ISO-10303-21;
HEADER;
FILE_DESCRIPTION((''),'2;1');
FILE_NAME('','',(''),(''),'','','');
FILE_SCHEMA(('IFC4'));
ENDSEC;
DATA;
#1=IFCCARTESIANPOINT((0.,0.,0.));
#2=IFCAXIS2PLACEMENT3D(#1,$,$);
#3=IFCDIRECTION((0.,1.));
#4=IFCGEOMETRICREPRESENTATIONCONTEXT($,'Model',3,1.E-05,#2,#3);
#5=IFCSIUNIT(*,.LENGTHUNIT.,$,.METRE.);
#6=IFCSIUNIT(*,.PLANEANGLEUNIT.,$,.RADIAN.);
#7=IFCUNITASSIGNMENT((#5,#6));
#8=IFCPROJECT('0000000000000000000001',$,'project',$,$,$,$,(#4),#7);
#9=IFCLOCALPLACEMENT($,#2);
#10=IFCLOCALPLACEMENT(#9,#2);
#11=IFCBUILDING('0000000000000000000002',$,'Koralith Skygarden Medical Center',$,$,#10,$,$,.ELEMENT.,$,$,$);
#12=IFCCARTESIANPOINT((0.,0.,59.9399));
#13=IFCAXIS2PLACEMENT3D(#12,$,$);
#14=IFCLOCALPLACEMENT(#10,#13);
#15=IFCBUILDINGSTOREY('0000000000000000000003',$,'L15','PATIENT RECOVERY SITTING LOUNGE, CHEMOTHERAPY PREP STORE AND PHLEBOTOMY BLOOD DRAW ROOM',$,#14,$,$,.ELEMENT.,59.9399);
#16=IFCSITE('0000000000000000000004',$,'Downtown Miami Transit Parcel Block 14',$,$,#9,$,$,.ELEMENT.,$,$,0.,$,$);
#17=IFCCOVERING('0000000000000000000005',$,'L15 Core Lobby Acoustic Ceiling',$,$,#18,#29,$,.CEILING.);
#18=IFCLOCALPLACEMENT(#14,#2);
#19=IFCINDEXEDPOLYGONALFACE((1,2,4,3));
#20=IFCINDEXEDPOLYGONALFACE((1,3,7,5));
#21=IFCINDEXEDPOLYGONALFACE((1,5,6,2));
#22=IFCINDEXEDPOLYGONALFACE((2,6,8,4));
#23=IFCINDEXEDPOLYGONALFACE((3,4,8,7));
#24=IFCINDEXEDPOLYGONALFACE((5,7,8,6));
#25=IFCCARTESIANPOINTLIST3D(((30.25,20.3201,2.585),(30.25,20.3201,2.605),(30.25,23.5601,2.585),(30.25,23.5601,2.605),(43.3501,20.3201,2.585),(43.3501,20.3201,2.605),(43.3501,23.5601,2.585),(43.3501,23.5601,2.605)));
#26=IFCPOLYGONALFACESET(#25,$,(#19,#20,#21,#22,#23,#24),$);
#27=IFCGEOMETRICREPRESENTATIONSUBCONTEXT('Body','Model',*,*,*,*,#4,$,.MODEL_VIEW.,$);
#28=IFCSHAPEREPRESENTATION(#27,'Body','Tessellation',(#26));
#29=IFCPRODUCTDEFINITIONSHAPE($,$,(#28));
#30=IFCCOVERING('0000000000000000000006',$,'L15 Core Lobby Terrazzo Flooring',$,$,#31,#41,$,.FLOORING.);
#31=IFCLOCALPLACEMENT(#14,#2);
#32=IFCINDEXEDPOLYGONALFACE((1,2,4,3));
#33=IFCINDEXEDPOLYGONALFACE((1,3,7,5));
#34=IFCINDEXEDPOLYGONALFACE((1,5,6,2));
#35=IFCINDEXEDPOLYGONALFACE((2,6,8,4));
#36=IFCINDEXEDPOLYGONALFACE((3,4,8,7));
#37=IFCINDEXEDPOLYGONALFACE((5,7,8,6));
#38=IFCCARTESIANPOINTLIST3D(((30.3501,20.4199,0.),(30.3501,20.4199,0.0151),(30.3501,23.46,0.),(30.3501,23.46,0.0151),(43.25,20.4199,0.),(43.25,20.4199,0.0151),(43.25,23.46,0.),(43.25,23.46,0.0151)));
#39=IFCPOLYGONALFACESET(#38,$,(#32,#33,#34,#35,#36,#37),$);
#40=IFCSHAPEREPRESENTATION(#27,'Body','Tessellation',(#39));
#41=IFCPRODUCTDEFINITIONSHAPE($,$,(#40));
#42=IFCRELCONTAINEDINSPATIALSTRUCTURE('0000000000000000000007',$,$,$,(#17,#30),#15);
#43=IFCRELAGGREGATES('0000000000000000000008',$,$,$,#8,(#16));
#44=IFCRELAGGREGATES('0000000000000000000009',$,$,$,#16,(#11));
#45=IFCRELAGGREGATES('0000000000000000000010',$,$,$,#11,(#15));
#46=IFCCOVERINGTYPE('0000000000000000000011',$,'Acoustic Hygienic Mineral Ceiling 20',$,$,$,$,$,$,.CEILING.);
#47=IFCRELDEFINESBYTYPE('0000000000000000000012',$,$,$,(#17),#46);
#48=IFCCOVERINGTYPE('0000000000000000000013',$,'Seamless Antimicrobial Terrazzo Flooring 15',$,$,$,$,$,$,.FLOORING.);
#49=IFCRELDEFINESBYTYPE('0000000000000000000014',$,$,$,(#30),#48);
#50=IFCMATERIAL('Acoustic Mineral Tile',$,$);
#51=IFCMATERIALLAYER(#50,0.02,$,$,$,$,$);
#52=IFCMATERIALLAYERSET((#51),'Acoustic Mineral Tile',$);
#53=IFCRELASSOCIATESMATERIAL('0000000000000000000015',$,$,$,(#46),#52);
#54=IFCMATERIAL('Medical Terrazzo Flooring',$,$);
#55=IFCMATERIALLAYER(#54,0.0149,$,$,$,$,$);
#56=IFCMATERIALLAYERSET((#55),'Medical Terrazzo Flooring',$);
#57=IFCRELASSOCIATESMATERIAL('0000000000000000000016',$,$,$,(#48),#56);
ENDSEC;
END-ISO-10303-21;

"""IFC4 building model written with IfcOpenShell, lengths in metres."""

from ifc_helpers import new_model, si_unit, direction, frame, origin, place, context, subcontext, project, spatial, polyline, outline, extrude, material, layer, layer_set, type_object, element, save


model = new_model("IFC4")

# Units and contexts
model_context = context("Model", 3, precision=1e-05, world=origin(), true_north=direction((0.0, 1.0)))
body_context = subcontext(model_context, "Body", "Model", "MODEL_VIEW")
ifc_project = project(units=[si_unit("LENGTHUNIT", "METRE"), si_unit("PLANEANGLEUNIT", "RADIAN")], contexts=[model_context])

# Site, building, storey
site_placement = place(None, origin())
site = spatial("IfcSite", under=ifc_project, at=site_placement, Name="Downtown Miami Transit Parcel Block 14", CompositionType="ELEMENT", RefElevation=0.0)
building_placement = place(site_placement, origin())
building = spatial("IfcBuilding", under=site, at=building_placement, Name="Koralith Skygarden Medical Center", CompositionType="ELEMENT")
storey_placement = place(building_placement, frame((0.0, 0.0, 59.9399)))
storey = spatial("IfcBuildingStorey", under=building, at=storey_placement, Name="L15", Description="PATIENT RECOVERY SITTING LOUNGE, CHEMOTHERAPY PREP STORE AND PHLEBOTOMY BLOOD DRAW ROOM", CompositionType="ELEMENT", Elevation=59.9399)

# Coverings
ifc_material_1 = material(Name="Acoustic Mineral Tile")
ifc_layer_1 = layer(ifc_material_1, 0.02)
ifc_layer_set_1 = layer_set([ifc_layer_1], Name="Acoustic Mineral Tile")
covering_type_1 = type_object("IfcCoveringType", Name="Acoustic Hygienic Mineral Ceiling 20", PredefinedType="CEILING", material=ifc_layer_set_1)
covering_1_placement = place(storey_placement, frame((0.0, 0.0, 2.585)))
element("IfcCovering", 1, at=covering_1_placement, inside=storey, type_object=covering_type_1, Name="L15 Core Lobby Acoustic Ceiling", PredefinedType="CEILING", context=body_context, shape_type="SweptSolid", body=[
    extrude(outline(polyline([(30.25, 20.3201), (43.3501, 20.3201), (43.3501, 23.5601), (30.25, 23.5601), (30.25, 20.3201)])), origin(), (0.0, 0.0, 1.0), 0.02),
])
ifc_material_2 = material(Name="Medical Terrazzo Flooring")
ifc_layer_2 = layer(ifc_material_2, 0.0149)
ifc_layer_set_2 = layer_set([ifc_layer_2], Name="Medical Terrazzo Flooring")
covering_type_2 = type_object("IfcCoveringType", Name="Seamless Antimicrobial Terrazzo Flooring 15", PredefinedType="FLOORING", material=ifc_layer_set_2)
covering_2_placement = place(storey_placement, origin())
element("IfcCovering", 2, at=covering_2_placement, inside=storey, type_object=covering_type_2, Name="L15 Core Lobby Terrazzo Flooring", PredefinedType="FLOORING", context=body_context, shape_type="SweptSolid", body=[
    extrude(outline(polyline([(30.3501, 20.4199), (43.25, 20.4199), (43.25, 23.46), (30.3501, 23.46), (30.3501, 20.4199)])), origin(), (0.0, 0.0, 1.0), 0.0151),
])

save(model, "model.ifc")
